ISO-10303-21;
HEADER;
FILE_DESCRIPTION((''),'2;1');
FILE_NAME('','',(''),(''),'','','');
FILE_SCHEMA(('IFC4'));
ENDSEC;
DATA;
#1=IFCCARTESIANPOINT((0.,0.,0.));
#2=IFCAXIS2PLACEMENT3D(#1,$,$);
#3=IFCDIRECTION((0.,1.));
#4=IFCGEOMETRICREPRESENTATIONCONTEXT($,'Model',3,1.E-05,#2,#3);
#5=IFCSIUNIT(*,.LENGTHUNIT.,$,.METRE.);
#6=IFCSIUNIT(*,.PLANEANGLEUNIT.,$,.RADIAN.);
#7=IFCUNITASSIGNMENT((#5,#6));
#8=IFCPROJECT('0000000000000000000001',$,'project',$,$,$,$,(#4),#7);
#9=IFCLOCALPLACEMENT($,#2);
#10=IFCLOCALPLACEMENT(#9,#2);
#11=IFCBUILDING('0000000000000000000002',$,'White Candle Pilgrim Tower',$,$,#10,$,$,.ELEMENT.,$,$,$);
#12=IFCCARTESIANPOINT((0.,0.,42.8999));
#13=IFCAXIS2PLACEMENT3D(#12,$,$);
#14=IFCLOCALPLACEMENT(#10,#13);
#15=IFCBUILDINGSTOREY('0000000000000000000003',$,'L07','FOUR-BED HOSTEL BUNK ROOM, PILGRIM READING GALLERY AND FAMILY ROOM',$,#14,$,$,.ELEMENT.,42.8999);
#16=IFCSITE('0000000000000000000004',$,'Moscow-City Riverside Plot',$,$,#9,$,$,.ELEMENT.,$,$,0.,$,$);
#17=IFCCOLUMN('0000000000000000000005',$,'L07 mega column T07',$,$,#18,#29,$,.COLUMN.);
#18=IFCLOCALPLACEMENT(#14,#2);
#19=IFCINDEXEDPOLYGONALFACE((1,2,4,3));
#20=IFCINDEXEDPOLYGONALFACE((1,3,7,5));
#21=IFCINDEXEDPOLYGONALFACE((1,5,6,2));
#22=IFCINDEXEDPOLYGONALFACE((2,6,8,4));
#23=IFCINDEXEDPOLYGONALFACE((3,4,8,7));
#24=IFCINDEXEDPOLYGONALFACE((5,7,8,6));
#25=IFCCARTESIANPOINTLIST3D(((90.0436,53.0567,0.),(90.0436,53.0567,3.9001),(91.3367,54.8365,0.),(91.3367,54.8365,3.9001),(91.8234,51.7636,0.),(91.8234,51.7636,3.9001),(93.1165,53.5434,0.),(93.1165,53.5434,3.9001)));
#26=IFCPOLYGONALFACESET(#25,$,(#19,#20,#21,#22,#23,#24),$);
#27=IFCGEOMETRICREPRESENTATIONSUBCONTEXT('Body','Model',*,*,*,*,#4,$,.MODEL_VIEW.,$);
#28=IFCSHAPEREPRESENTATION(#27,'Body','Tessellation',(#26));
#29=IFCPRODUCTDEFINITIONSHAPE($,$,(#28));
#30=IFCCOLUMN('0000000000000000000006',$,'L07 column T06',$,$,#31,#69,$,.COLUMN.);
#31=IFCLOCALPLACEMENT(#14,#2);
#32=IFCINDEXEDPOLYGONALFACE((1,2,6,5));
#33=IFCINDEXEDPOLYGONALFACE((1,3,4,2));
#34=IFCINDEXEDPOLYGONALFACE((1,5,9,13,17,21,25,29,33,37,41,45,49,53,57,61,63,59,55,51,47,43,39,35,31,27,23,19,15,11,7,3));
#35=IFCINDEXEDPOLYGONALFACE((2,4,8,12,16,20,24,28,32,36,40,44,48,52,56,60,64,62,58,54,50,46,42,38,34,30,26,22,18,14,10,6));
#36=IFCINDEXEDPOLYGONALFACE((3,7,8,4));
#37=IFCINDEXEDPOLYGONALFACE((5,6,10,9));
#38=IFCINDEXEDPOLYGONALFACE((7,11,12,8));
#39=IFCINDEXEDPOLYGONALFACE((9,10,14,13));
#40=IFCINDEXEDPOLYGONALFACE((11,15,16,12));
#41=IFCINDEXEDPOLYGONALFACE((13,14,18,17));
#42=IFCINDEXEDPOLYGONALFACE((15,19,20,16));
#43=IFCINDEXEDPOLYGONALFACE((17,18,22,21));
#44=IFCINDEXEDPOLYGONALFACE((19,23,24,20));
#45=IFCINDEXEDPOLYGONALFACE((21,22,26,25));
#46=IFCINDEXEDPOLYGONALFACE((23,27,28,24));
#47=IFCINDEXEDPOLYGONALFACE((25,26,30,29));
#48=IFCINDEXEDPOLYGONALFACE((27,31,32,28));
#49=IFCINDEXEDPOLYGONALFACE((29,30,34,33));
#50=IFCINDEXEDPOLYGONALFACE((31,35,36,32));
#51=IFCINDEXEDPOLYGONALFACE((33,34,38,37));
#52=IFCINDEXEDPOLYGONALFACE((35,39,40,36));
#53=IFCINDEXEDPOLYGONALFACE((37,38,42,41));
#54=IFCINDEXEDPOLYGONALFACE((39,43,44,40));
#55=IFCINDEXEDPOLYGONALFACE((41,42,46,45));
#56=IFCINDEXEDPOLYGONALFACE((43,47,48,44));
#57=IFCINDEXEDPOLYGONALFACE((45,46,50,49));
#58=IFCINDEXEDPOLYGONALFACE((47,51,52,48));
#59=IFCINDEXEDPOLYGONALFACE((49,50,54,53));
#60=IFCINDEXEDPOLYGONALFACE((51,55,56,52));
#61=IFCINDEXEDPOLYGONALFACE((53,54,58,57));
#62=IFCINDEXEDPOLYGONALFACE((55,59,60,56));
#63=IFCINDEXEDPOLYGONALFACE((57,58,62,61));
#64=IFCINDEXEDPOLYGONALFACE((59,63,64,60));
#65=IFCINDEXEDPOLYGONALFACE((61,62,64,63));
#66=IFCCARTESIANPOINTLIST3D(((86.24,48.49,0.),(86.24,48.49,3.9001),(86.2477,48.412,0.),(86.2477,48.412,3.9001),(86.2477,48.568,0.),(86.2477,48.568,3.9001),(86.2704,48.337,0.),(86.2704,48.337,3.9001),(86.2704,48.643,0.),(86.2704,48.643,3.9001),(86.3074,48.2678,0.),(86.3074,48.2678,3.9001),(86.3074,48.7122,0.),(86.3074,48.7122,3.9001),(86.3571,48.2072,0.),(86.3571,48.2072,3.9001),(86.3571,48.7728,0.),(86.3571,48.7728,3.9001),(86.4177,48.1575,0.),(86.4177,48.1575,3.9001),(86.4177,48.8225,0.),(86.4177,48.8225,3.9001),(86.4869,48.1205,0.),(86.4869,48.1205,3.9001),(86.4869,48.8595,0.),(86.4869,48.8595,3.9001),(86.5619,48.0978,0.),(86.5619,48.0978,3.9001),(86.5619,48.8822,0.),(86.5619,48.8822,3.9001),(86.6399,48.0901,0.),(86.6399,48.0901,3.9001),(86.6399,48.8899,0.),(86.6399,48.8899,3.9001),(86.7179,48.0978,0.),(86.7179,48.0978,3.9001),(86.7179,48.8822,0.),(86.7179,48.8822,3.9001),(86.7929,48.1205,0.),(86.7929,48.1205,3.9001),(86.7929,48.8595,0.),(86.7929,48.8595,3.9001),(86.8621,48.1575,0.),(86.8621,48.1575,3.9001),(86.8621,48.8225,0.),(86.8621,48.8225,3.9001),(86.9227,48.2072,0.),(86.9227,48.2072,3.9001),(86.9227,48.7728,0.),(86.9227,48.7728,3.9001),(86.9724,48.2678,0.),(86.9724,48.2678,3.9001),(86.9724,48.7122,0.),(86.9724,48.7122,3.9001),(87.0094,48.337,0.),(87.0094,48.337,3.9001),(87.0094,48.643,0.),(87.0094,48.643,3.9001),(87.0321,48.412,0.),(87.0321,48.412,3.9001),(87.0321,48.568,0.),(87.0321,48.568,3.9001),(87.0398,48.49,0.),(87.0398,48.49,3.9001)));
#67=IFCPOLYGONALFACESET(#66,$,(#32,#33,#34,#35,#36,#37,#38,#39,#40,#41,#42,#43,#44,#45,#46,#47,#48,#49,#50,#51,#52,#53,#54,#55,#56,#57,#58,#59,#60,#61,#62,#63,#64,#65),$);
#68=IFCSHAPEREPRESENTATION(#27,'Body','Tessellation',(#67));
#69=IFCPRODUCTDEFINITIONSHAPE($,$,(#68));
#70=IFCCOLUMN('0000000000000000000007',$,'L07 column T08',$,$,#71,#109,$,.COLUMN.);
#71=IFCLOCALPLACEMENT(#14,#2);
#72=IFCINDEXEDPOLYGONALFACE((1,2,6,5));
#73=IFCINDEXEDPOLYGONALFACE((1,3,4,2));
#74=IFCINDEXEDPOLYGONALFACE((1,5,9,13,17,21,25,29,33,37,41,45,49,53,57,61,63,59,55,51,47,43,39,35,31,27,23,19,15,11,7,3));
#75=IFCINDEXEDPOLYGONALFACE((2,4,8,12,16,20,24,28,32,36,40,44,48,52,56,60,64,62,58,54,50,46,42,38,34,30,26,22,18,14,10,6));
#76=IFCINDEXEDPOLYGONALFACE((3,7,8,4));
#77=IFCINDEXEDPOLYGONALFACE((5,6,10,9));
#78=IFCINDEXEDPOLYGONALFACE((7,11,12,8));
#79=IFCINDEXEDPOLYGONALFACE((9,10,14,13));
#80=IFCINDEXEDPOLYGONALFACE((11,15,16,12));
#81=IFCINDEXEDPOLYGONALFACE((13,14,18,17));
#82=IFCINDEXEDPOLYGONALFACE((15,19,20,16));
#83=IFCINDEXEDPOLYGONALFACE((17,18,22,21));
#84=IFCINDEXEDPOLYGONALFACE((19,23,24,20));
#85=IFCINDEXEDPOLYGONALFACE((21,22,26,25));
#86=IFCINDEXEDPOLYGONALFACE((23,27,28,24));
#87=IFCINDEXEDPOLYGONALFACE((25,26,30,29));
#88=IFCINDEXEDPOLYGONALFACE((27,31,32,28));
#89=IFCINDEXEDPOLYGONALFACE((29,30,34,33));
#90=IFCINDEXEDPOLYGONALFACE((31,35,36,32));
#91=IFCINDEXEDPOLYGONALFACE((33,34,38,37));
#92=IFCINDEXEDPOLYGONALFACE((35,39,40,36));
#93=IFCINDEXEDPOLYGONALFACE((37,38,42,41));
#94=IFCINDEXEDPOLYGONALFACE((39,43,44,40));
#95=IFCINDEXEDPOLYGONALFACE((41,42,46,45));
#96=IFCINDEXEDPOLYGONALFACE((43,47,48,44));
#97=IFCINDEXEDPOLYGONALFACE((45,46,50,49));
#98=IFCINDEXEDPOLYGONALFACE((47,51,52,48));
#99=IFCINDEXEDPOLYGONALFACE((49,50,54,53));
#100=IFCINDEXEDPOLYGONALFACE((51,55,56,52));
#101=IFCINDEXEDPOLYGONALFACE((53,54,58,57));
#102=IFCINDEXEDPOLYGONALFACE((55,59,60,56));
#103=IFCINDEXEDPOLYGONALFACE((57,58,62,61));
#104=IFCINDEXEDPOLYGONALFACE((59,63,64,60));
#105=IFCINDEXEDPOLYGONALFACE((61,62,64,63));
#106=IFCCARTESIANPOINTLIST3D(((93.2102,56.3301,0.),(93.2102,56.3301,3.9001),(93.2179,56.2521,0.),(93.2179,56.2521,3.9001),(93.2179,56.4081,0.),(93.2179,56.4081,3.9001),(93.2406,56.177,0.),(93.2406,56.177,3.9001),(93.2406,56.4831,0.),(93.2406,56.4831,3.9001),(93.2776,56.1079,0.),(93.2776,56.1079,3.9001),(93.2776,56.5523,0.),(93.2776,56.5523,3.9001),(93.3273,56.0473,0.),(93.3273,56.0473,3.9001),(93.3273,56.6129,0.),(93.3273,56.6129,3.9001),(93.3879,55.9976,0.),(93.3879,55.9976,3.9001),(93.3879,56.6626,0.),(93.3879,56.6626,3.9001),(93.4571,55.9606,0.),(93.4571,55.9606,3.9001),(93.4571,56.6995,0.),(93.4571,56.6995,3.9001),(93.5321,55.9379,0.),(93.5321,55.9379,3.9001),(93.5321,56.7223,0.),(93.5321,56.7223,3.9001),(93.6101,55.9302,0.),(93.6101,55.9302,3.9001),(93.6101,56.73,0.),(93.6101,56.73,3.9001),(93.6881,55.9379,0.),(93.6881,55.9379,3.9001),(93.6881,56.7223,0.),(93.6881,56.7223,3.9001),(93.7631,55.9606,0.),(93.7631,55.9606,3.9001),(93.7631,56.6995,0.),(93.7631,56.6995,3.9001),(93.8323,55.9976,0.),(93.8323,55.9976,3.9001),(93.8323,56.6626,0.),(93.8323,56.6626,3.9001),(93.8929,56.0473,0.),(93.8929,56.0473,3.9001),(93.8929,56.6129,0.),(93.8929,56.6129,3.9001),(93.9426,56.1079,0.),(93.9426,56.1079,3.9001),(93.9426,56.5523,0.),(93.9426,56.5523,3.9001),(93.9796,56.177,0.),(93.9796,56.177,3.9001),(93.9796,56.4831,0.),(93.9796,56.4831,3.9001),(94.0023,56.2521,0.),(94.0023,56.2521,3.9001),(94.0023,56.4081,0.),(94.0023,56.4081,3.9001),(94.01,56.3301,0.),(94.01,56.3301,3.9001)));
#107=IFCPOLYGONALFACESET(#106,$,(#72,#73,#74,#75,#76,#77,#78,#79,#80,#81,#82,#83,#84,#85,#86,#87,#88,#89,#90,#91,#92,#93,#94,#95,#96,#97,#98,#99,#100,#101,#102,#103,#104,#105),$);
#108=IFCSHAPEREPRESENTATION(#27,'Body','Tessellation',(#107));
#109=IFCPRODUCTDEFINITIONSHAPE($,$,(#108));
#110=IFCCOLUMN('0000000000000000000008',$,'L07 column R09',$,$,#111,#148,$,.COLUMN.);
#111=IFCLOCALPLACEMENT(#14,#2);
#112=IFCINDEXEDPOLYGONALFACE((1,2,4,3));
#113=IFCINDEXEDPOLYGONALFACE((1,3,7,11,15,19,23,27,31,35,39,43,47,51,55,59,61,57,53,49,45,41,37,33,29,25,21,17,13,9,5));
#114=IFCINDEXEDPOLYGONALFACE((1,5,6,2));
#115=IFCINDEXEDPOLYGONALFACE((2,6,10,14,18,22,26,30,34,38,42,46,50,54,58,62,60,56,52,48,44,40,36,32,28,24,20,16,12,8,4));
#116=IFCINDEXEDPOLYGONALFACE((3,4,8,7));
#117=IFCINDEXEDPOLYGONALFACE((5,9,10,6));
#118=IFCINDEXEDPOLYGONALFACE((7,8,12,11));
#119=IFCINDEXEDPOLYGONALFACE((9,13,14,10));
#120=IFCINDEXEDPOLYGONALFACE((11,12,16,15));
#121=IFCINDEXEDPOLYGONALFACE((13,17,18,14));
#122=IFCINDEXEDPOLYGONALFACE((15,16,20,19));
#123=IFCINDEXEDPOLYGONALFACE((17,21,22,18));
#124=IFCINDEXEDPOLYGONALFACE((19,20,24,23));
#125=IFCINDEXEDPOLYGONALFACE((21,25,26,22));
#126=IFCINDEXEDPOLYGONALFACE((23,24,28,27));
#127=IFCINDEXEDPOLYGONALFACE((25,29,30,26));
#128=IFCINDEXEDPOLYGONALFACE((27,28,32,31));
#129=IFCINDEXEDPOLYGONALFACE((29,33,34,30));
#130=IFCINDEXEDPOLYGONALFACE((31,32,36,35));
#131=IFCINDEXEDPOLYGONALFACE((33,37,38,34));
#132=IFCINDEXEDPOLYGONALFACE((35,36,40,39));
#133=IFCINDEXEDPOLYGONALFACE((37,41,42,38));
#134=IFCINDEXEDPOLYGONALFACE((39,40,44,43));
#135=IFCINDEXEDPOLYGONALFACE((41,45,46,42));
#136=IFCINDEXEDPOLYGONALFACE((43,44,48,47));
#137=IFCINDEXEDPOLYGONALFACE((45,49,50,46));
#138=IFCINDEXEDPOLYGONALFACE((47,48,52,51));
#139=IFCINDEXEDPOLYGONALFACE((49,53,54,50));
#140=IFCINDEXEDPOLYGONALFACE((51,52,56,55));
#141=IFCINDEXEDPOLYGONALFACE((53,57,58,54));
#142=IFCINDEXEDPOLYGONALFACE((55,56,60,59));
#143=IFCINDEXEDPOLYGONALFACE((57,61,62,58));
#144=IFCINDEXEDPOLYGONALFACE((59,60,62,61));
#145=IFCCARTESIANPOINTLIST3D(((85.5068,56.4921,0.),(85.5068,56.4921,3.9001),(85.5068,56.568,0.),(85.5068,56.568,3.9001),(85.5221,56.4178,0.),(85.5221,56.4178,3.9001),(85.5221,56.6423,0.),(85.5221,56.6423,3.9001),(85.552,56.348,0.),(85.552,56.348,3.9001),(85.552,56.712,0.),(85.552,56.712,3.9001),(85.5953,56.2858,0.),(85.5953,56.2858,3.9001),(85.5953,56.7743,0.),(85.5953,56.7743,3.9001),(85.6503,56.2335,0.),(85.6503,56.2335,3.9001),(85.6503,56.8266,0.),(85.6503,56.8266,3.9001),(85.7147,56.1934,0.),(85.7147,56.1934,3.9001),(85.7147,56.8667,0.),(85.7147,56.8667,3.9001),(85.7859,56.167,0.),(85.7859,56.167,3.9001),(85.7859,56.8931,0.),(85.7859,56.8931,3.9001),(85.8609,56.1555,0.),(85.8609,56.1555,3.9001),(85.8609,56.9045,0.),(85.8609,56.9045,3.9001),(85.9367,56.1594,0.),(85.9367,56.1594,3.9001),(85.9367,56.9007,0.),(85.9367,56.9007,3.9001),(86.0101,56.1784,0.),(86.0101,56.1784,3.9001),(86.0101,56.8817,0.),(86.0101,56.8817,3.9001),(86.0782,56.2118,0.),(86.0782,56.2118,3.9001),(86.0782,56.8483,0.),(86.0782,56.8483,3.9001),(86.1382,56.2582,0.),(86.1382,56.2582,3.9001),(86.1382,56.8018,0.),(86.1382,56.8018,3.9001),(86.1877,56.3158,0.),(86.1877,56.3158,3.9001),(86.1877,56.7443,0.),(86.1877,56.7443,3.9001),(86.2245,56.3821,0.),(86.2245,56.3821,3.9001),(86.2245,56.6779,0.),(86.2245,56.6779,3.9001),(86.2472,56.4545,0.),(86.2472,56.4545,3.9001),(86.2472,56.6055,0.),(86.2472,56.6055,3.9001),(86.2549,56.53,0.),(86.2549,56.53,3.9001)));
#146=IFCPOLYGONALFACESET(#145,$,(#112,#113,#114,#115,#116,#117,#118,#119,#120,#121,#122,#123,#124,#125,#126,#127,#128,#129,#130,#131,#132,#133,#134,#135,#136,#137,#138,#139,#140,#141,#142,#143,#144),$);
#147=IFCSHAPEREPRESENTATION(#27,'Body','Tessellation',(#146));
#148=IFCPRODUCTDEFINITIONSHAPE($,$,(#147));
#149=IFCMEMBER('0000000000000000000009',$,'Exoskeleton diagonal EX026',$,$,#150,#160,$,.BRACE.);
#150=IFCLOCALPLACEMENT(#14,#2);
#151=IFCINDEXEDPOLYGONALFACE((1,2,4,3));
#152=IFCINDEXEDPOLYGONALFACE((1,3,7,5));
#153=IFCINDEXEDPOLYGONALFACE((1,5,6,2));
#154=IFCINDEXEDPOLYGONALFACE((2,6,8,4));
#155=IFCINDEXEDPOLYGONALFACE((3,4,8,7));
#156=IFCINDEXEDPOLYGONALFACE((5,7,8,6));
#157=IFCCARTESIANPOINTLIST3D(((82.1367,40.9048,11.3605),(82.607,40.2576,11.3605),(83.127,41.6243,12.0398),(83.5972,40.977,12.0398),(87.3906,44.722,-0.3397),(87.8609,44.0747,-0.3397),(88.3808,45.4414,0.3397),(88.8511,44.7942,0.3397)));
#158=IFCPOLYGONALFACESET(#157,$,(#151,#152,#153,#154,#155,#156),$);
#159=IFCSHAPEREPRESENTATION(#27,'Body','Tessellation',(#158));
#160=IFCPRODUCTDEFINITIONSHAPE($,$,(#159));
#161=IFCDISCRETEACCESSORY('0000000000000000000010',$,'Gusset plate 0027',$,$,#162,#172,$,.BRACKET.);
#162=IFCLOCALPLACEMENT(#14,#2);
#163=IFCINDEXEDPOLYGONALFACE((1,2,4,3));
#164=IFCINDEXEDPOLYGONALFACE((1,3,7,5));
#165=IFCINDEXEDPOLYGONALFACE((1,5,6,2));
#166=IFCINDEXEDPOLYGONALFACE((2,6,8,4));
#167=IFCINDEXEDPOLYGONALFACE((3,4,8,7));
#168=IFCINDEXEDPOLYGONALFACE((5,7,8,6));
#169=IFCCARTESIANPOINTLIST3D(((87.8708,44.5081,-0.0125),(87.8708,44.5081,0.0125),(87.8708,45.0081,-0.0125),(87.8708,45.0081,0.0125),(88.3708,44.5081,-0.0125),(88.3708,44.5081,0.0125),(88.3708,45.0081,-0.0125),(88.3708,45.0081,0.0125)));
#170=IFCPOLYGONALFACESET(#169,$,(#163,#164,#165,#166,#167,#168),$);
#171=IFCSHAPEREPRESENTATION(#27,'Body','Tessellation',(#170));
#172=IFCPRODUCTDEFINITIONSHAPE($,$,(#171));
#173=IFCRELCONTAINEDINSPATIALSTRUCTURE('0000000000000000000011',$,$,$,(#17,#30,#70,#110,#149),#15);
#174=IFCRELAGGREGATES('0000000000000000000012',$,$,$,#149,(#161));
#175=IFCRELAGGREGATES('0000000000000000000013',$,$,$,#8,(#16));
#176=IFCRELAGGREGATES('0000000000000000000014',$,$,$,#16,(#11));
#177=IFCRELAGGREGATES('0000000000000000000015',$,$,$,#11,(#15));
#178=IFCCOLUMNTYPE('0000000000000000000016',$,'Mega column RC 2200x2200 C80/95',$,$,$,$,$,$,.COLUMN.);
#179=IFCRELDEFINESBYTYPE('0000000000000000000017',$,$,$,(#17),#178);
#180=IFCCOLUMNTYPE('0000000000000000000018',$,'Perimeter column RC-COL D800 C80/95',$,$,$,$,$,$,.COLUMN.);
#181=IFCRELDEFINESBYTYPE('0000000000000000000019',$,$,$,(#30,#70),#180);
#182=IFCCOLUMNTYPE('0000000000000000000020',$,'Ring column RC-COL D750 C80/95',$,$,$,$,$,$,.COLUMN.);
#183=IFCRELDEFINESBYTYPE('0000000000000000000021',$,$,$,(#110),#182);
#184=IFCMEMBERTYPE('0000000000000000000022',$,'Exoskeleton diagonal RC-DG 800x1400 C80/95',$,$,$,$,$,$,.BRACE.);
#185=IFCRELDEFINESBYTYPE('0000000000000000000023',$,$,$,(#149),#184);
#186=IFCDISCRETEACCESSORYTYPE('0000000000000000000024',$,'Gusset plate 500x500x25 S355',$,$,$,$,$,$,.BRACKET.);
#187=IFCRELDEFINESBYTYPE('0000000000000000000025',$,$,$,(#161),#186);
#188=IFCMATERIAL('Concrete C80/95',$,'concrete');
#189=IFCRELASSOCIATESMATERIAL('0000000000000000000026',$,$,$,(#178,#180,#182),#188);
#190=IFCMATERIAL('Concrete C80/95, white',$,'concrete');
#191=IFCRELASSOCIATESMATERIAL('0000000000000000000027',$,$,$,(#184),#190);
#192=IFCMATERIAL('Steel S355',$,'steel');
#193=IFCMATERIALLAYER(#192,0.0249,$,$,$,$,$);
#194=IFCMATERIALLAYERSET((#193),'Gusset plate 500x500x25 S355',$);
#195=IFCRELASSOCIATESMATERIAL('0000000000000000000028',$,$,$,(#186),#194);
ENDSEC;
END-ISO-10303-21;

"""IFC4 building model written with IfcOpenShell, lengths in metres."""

from ifc_helpers import new_model, si_unit, direction, frame, origin, origin_2d, place, context, subcontext, project, spatial, rectangle, circle, extrude, material, layer, layer_set, material_profile, profile_set, type_object, element, aggregate, save


model = new_model("IFC4")

# Units and contexts
model_context = context("Model", 3, precision=1e-05, world=origin(), true_north=direction((0.0, 1.0)))
body_context = subcontext(model_context, "Body", "Model", "MODEL_VIEW")
ifc_project = project(units=[si_unit("LENGTHUNIT", "METRE"), si_unit("PLANEANGLEUNIT", "RADIAN")], contexts=[model_context])

# Site, building, storey
site_placement = place(None, origin())
site = spatial("IfcSite", under=ifc_project, at=site_placement, Name="Moscow-City Riverside Plot", CompositionType="ELEMENT", RefElevation=0.0)
building_placement = place(site_placement, origin())
building = spatial("IfcBuilding", under=site, at=building_placement, Name="White Candle Pilgrim Tower", CompositionType="ELEMENT")
storey_placement = place(building_placement, frame((0.0, 0.0, 42.8999)))
storey = spatial("IfcBuildingStorey", under=building, at=storey_placement, Name="L07", Description="FOUR-BED HOSTEL BUNK ROOM, PILGRIM READING GALLERY AND FAMILY ROOM", CompositionType="ELEMENT", Elevation=42.8999)

# Columns
ifc_material_1 = material(Name="Concrete C80/95", Category="concrete")
ifc_material_profile_1 = material_profile(ifc_material_1, rectangle(XDim=2.2, YDim=2.2, at=origin_2d()), Name="RC 2200x2200")
ifc_profile_set_1 = profile_set([ifc_material_profile_1], Name="Concrete C80/95")
column_type_1 = type_object("IfcColumnType", Name="Mega column RC 2200x2200 C80/95", PredefinedType="COLUMN", material=ifc_profile_set_1)
column_1_placement = place(storey_placement, frame((91.5801, 53.3, 0.0), z_axis=(0.0, 0.0, 1.0), x_axis=(0.809017, -0.587785, 0.0)))
element("IfcColumn", 1, at=column_1_placement, inside=storey, type_object=column_type_1, Name="L07 mega column T07", PredefinedType="COLUMN", context=body_context, shape_type="SweptSolid", body=[
    extrude(rectangle(XDim=2.2, YDim=2.2, at=origin_2d()), origin(), (0.0, 0.0, 1.0), 3.9001),
])
ifc_material_profile_2 = material_profile(ifc_material_1, circle(Radius=0.3999, at=origin_2d()), Name="RC-COL D800")
ifc_profile_set_2 = profile_set([ifc_material_profile_2], Name="Concrete C80/95")
column_type_2 = type_object("IfcColumnType", Name="Perimeter column RC-COL D800 C80/95", PredefinedType="COLUMN", material=ifc_profile_set_2)
for number, where, z_axis, x_axis, name in (
    (2, (86.6399, 48.49, 0.0), (0.0, 0.0, 1.0), (1.0, 0.0, 0.0), "L07 column T06"),
    (3, (93.6101, 56.3301, 0.0), (0.0, 0.0, 1.0), (1.0, 0.0, 0.0), "L07 column T08"),
):
    element("IfcColumn", number, at=place(storey_placement, frame(where, z_axis=z_axis, x_axis=x_axis)), inside=storey, type_object=column_type_2, Name=name, PredefinedType="COLUMN", context=body_context, shape_type="SweptSolid", body=[
        extrude(circle(Radius=0.3999, at=origin_2d()), origin(), (0.0, 0.0, 1.0), 3.9001),
    ])
ifc_material_profile_3 = material_profile(ifc_material_1, circle(Radius=0.375, at=origin_2d()), Name="RC-COL D750")
ifc_profile_set_3 = profile_set([ifc_material_profile_3], Name="Concrete C80/95")
column_type_3 = type_object("IfcColumnType", Name="Ring column RC-COL D750 C80/95", PredefinedType="COLUMN", material=ifc_profile_set_3)
column_2_placement = place(storey_placement, frame((85.8799, 56.53, 0.0), z_axis=(0.0, 0.0, 1.0), x_axis=(1.0, 0.0, 0.0)))
element("IfcColumn", 4, at=column_2_placement, inside=storey, type_object=column_type_3, Name="L07 column R09", PredefinedType="COLUMN", context=body_context, shape_type="SweptSolid", body=[
    extrude(circle(Radius=0.375, at=origin_2d()), origin(), (0.0, 0.0, 1.0), 3.9001),
])

# Member
ifc_material_2 = material(Name="Concrete C80/95, white", Category="concrete")
ifc_material_profile_4 = material_profile(ifc_material_2, rectangle(XDim=0.8, YDim=1.3999, at=origin_2d()), Name="RC-DG 800x1400")
ifc_profile_set_4 = profile_set([ifc_material_profile_4], Name="Concrete C80/95, white")
member_type_1 = type_object("IfcMemberType", Name="Exoskeleton diagonal RC-DG 800x1400 C80/95", PredefinedType="BRACE", material=ifc_profile_set_4)
member_1_placement = place(storey_placement, frame((88.1208, 44.7581, 0.0), z_axis=(-0.39262, -0.285252, 0.874346), x_axis=(0.58778, -0.80902, 0.0)))
member_1 = element("IfcMember", 5, at=member_1_placement, inside=storey, type_object=member_type_1, Name="Exoskeleton diagonal EX026", PredefinedType="BRACE", context=body_context, shape_type="SweptSolid", body=[
    extrude(rectangle(XDim=0.8, YDim=1.3999, at=origin_2d()), origin(), (0.0, 0.0, 1.0), 13.3816),
])

# Discrete accessory
ifc_material_3 = material(Name="Steel S355", Category="steel")
ifc_layer_1 = layer(ifc_material_3, 0.0249)
ifc_layer_set_1 = layer_set([ifc_layer_1], Name="Gusset plate 500x500x25 S355")
discrete_accessory_type = type_object("IfcDiscreteAccessoryType", Name="Gusset plate 500x500x25 S355", PredefinedType="BRACKET", material=ifc_layer_set_1)
discrete_accessory_1_placement = place(storey_placement, frame((88.1208, 44.7581, -0.0125), z_axis=(0.0, 0.0, 1.0), x_axis=(1.0, 0.0, 0.0)))
discrete_accessory_1 = element("IfcDiscreteAccessory", 6, at=discrete_accessory_1_placement, type_object=discrete_accessory_type, Name="Gusset plate 0027", PredefinedType="BRACKET", context=body_context, shape_type="SweptSolid", body=[
    extrude(rectangle(XDim=0.5, YDim=0.5, at=origin_2d()), origin(), (0.0, 0.0, 1.0), 0.0249),
])
aggregate(member_1, [discrete_accessory_1])

save(model, "model.ifc")
